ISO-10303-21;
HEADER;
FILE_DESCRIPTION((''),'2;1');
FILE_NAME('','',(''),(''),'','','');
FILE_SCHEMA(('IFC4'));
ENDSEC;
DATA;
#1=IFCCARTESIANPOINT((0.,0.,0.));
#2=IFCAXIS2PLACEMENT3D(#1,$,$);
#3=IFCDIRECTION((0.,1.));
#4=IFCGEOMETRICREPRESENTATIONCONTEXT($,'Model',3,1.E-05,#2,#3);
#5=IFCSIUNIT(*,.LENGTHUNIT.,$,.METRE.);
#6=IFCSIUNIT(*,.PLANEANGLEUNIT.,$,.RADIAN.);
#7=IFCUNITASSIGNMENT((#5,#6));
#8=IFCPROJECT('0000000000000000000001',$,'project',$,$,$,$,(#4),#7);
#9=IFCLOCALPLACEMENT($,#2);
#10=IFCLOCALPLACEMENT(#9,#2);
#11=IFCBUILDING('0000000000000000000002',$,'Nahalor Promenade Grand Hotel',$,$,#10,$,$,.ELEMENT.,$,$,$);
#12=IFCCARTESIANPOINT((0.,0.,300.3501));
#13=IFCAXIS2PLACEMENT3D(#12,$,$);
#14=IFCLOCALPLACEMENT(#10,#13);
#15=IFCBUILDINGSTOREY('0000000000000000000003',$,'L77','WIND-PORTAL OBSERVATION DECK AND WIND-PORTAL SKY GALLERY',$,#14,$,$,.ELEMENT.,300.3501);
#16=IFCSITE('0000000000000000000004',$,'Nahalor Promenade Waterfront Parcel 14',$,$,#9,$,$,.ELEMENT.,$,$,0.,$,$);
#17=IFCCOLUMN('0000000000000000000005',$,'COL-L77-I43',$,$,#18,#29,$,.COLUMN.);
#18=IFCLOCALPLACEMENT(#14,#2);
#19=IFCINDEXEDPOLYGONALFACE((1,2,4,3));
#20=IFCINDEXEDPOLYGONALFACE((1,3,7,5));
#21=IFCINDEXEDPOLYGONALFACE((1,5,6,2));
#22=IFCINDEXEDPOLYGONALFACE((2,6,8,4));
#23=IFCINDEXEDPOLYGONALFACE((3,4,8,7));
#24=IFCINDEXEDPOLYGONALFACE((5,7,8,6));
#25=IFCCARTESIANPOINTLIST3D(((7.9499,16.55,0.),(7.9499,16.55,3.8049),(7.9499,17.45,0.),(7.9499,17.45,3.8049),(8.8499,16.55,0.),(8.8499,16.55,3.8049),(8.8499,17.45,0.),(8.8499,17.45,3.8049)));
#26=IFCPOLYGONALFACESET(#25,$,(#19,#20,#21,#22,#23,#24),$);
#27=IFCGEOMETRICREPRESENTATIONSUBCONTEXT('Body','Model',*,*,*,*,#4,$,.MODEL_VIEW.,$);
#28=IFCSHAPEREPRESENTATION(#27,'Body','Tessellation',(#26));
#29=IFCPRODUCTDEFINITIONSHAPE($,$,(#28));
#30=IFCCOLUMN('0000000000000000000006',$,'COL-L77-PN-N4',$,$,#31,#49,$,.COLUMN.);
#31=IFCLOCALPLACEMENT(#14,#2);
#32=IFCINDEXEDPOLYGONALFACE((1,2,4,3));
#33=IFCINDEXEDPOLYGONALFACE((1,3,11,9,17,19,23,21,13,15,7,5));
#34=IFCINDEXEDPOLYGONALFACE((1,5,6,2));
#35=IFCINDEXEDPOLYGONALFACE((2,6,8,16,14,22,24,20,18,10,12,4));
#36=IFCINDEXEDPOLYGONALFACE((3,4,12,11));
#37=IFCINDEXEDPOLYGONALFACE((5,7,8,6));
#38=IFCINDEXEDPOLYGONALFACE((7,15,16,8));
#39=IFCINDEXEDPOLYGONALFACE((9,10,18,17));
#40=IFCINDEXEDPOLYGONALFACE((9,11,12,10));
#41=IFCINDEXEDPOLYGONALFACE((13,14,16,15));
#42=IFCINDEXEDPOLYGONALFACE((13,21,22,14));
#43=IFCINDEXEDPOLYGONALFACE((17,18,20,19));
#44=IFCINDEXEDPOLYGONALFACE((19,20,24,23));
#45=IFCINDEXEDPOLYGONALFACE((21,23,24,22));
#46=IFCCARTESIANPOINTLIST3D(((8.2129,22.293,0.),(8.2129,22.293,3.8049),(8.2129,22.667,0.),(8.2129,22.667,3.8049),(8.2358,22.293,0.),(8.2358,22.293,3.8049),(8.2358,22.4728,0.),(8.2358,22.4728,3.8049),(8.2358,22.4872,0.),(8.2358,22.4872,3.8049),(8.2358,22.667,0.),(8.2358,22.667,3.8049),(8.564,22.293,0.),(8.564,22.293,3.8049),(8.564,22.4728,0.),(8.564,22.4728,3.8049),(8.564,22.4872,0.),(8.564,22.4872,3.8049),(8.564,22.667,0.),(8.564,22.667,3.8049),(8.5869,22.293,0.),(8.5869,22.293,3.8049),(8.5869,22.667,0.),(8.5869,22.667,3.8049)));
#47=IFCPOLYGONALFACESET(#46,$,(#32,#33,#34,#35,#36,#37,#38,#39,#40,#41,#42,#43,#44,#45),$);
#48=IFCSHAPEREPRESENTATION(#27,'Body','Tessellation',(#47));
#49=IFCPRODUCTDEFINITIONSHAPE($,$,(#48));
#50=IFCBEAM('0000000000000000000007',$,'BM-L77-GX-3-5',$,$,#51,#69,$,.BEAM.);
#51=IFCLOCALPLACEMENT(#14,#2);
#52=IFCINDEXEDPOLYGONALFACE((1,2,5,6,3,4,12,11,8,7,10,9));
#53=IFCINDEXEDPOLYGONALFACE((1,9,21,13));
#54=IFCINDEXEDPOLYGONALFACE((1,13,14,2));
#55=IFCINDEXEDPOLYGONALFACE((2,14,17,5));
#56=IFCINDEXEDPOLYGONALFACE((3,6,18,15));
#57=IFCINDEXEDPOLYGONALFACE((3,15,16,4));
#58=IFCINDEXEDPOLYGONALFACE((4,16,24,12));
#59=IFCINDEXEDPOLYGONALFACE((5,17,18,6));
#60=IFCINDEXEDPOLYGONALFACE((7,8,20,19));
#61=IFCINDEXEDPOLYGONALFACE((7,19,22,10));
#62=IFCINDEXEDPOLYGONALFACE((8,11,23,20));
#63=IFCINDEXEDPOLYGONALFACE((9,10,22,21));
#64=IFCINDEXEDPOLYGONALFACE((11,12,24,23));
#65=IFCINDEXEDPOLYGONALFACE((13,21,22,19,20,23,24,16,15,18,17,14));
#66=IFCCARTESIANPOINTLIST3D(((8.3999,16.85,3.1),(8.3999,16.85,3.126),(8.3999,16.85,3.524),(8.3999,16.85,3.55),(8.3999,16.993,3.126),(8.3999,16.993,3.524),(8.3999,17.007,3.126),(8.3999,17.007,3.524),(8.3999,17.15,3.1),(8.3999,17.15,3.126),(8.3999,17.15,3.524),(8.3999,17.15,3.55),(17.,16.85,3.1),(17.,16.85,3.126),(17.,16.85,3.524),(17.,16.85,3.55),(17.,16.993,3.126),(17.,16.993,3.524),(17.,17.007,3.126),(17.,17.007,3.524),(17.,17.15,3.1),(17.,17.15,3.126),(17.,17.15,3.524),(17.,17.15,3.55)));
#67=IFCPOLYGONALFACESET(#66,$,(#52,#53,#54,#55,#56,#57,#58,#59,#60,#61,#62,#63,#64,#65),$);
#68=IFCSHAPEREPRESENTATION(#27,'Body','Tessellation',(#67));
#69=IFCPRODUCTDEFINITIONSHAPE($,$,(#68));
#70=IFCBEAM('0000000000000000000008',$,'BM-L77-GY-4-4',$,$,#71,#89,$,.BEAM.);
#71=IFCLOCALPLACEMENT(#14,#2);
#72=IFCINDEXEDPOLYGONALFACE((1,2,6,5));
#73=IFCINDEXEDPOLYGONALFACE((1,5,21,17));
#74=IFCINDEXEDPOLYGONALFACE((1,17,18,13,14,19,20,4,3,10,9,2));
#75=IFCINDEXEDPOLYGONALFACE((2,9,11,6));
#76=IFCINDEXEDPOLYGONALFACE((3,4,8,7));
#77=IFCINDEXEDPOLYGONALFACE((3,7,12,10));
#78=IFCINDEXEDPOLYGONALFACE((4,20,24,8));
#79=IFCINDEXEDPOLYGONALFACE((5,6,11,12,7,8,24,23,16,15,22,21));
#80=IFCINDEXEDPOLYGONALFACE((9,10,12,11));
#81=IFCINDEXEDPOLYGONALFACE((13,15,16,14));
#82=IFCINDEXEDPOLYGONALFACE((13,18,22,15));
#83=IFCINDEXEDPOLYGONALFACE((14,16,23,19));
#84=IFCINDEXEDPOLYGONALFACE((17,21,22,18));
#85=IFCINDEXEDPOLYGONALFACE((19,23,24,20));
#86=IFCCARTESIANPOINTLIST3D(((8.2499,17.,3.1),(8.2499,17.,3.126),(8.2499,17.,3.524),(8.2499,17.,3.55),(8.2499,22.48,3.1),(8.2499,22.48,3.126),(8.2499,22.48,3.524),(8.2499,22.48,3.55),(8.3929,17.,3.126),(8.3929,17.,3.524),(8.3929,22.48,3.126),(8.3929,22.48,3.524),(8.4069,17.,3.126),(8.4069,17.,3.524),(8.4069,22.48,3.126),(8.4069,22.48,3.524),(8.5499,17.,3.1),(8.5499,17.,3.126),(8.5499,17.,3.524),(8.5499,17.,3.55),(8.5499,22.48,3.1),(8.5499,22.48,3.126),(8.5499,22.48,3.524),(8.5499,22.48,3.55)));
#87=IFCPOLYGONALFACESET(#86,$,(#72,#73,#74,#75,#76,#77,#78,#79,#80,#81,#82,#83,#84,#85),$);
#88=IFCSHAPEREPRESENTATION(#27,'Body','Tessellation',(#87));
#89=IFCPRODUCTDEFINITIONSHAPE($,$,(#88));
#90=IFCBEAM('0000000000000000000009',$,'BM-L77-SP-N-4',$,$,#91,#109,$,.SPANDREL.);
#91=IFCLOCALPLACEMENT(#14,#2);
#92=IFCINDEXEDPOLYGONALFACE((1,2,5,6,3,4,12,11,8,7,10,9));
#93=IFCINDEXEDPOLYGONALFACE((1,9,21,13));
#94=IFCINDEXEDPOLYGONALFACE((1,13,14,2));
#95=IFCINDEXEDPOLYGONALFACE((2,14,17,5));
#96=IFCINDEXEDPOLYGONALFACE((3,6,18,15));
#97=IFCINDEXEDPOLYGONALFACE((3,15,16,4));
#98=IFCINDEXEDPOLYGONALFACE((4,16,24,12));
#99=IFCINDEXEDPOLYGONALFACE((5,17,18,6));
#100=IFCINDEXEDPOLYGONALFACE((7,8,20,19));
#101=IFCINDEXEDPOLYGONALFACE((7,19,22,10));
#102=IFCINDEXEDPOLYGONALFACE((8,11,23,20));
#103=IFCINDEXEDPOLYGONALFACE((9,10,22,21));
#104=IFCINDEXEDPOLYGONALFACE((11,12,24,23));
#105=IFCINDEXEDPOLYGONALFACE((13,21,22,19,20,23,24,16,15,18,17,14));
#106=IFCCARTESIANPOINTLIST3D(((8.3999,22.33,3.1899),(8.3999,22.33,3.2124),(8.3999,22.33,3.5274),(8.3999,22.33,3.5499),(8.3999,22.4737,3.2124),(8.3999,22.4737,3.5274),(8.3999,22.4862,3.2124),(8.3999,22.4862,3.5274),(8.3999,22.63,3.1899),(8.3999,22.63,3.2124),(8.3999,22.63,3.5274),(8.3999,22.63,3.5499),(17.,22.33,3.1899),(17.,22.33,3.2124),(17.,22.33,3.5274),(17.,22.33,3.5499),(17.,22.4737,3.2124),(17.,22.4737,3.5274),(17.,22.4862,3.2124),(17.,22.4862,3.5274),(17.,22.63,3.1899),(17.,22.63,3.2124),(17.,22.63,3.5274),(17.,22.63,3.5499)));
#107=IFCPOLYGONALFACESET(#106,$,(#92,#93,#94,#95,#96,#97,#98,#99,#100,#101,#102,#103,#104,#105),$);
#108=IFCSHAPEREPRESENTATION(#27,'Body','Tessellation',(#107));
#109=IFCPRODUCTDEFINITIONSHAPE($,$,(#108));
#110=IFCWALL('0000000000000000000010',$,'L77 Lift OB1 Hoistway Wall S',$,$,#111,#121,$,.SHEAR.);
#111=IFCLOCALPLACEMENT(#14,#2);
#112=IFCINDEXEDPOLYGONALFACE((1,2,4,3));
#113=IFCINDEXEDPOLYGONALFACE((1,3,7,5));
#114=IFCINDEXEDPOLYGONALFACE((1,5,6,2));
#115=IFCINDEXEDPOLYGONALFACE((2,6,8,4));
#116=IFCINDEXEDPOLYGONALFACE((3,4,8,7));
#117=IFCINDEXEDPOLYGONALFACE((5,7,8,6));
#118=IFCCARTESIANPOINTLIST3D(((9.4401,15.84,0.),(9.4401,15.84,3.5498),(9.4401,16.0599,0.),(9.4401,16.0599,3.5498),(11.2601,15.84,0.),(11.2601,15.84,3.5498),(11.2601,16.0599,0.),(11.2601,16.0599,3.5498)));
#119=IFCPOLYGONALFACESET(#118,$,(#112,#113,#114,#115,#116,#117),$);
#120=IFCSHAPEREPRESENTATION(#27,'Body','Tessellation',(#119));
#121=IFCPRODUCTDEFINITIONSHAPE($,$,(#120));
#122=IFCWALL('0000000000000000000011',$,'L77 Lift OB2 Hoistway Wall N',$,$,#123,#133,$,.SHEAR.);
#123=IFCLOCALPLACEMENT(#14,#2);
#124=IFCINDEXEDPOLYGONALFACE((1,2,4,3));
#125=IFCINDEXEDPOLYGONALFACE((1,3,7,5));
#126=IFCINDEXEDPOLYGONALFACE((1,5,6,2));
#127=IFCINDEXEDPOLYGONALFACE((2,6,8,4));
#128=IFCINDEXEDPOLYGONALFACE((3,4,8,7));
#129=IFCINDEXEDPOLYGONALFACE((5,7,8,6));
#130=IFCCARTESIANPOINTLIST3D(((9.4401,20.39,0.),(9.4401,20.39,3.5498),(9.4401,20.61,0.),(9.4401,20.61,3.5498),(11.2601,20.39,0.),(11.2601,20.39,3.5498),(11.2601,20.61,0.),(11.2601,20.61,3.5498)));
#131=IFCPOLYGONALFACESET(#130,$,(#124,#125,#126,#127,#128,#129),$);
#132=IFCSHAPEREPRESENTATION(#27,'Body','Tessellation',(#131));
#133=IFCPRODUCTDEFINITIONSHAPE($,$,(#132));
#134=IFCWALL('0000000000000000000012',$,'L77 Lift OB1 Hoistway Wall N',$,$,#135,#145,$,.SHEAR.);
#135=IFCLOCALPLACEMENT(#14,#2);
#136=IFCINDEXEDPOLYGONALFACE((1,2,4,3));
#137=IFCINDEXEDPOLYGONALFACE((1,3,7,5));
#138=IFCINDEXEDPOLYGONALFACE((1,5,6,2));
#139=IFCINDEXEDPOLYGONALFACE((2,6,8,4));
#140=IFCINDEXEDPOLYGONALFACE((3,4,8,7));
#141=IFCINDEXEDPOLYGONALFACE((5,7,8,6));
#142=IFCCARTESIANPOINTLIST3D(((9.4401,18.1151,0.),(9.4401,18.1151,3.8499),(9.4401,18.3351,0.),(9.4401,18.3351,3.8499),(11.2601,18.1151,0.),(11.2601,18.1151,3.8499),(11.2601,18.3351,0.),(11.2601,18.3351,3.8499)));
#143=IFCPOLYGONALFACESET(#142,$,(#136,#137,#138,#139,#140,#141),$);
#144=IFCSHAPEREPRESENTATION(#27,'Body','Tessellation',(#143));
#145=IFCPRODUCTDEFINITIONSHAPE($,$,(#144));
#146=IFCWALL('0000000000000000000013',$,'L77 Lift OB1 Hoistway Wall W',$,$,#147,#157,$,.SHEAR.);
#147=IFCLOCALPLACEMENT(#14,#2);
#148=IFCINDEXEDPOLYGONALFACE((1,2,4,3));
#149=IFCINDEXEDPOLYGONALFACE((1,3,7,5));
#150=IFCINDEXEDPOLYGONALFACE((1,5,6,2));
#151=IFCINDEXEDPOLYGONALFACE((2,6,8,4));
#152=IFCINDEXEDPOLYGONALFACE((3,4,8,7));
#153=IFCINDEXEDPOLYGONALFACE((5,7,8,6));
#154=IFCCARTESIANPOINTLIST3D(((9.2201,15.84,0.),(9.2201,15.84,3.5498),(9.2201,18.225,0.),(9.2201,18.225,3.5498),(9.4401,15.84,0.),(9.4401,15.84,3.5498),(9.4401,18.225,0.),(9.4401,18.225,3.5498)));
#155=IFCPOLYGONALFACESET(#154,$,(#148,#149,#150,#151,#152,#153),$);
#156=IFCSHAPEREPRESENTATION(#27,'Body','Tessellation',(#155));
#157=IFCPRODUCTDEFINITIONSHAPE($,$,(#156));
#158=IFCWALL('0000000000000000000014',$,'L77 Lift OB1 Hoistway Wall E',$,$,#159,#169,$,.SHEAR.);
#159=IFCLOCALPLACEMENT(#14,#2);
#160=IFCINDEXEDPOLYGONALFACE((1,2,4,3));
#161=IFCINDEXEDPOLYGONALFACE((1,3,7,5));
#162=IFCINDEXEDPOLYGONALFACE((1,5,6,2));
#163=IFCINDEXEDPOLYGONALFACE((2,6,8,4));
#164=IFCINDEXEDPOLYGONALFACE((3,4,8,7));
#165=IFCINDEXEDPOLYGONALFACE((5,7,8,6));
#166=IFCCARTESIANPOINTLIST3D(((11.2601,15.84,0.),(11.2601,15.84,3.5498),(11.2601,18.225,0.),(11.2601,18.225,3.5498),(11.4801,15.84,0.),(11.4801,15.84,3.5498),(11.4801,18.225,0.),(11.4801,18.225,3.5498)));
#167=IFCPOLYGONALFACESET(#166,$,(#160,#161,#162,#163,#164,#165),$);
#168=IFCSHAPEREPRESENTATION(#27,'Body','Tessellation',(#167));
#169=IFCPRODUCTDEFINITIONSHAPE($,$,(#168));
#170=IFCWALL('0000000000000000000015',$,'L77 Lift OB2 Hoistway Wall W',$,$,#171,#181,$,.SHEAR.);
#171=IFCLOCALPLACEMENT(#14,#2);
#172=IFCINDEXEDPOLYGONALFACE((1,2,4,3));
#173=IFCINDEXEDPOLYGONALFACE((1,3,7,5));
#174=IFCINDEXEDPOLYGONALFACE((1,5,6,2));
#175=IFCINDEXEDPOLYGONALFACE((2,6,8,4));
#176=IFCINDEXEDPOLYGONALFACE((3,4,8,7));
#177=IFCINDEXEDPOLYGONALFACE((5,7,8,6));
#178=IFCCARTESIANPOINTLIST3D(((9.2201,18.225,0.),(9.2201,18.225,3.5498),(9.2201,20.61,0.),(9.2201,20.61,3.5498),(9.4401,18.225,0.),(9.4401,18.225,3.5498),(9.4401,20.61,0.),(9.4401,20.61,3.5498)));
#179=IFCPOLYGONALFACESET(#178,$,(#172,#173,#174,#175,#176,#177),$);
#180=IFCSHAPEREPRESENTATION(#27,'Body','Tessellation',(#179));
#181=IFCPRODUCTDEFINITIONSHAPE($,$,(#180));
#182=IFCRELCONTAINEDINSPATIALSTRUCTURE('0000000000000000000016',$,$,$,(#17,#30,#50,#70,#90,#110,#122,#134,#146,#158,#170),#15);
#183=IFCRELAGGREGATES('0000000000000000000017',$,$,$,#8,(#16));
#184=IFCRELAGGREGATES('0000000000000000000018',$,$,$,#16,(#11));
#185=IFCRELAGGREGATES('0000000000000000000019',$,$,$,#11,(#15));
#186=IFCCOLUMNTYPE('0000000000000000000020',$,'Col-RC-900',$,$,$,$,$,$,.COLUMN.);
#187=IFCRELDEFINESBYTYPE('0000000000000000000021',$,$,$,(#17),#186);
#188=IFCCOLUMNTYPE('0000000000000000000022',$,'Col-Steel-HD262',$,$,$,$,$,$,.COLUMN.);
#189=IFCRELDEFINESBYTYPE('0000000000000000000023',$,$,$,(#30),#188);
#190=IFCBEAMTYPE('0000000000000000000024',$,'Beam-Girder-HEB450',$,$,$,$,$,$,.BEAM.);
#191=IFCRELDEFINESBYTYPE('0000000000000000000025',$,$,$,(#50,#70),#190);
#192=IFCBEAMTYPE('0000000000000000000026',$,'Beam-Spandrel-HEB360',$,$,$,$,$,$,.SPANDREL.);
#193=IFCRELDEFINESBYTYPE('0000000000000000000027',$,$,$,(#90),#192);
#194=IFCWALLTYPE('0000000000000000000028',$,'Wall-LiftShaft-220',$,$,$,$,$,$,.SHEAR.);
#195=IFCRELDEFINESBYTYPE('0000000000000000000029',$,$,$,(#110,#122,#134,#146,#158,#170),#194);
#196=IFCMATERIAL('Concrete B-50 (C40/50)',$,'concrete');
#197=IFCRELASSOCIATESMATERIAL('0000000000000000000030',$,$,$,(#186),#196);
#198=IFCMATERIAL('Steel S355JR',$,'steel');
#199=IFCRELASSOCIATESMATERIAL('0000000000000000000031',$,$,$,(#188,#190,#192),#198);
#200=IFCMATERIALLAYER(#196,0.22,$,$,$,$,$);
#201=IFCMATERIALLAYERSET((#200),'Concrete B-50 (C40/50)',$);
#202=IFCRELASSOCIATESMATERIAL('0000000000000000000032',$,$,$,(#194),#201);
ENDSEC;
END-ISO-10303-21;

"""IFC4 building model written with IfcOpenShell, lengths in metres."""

from ifc_helpers import new_model, si_unit, direction, frame, frame_2d, origin, origin_2d, place, context, subcontext, project, spatial, rectangle, i_section, extrude, source, transform, mapped, material, layer, layer_set, material_profile, profile_set, type_object, element, save


model = new_model("IFC4")

# Units and contexts
model_context = context("Model", 3, precision=1e-05, world=origin(), true_north=direction((0.0, 1.0)))
body_context = subcontext(model_context, "Body", "Model", "MODEL_VIEW")
ifc_project = project(units=[si_unit("LENGTHUNIT", "METRE"), si_unit("PLANEANGLEUNIT", "RADIAN")], contexts=[model_context])

# Site, building, storey
site_placement = place(None, origin())
site = spatial("IfcSite", under=ifc_project, at=site_placement, Name="Nahalor Promenade Waterfront Parcel 14", CompositionType="ELEMENT", RefElevation=0.0)
building_placement = place(site_placement, origin())
building = spatial("IfcBuilding", under=site, at=building_placement, Name="Nahalor Promenade Grand Hotel", CompositionType="ELEMENT")
storey_placement = place(building_placement, frame((0.0, 0.0, 300.3501)))
storey = spatial("IfcBuildingStorey", under=building, at=storey_placement, Name="L77", Description="WIND-PORTAL OBSERVATION DECK AND WIND-PORTAL SKY GALLERY", CompositionType="ELEMENT", Elevation=300.3501)

# Columns
ifc_material_1 = material(Name="Concrete B-50 (C40/50)", Category="concrete")
ifc_material_profile_1 = material_profile(ifc_material_1, rectangle(XDim=0.9, YDim=0.9, at=origin_2d()), Name="RC 900x900")
ifc_profile_set_1 = profile_set([ifc_material_profile_1], Name="Concrete B-50 (C40/50)")
column_type_1 = type_object("IfcColumnType", Name="Col-RC-900", PredefinedType="COLUMN", material=ifc_profile_set_1)
shared_shape_1 = source(origin(), body_context, "Body", "SweptSolid", [
    extrude(rectangle(XDim=0.9, YDim=0.9, at=origin_2d()), origin(), (0.0, 0.0, 1.0), 3.8049),
])
column_1_placement = place(storey_placement, frame((8.3999, 17.0, 0.0), z_axis=(0.0, 0.0, 1.0), x_axis=(1.0, 0.0, 0.0)))
element("IfcColumn", 1, at=column_1_placement, inside=storey, type_object=column_type_1, Name="COL-L77-I43", PredefinedType="COLUMN", context=body_context, shape_type="MappedRepresentation", body=[
    mapped(shared_shape_1, transform((0.0, 0.0, 0.0), scale=1.0)),
])
ifc_material_2 = material(Name="Steel S355JR", Category="steel")
ifc_material_profile_2 = material_profile(ifc_material_2, i_section(OverallWidth=0.374, OverallDepth=0.374, WebThickness=0.0144, FlangeThickness=0.0229, at=origin_2d()), Name="HD 360x262")
ifc_profile_set_2 = profile_set([ifc_material_profile_2], Name="Steel S355JR")
column_type_2 = type_object("IfcColumnType", Name="Col-Steel-HD262", PredefinedType="COLUMN", material=ifc_profile_set_2)
shared_shape_2 = source(origin(), body_context, "Body", "SweptSolid", [
    extrude(i_section(OverallWidth=0.374, OverallDepth=0.374, WebThickness=0.0144, FlangeThickness=0.0229, at=origin_2d()), origin(), (0.0, 0.0, 1.0), 3.8049),
])
column_2_placement = place(storey_placement, frame((8.3999, 22.48, 0.0), z_axis=(0.0, 0.0, 1.0), x_axis=(0.0, 1.0, 0.0)))
element("IfcColumn", 2, at=column_2_placement, inside=storey, type_object=column_type_2, Name="COL-L77-PN-N4", PredefinedType="COLUMN", context=body_context, shape_type="MappedRepresentation", body=[
    mapped(shared_shape_2, transform((0.0, 0.0, 0.0), scale=1.0)),
])

# Beams
ifc_material_profile_3 = material_profile(ifc_material_2, i_section(OverallWidth=0.3, OverallDepth=0.45, WebThickness=0.014, FlangeThickness=0.026, at=origin_2d()), Name="HEB 450")
ifc_profile_set_3 = profile_set([ifc_material_profile_3], Name="Steel S355JR")
beam_type_1 = type_object("IfcBeamType", Name="Beam-Girder-HEB450", PredefinedType="BEAM", material=ifc_profile_set_3)
shared_shape_3 = source(origin(), body_context, "Body", "SweptSolid", [
    extrude(i_section(OverallWidth=0.3, OverallDepth=0.45, WebThickness=0.014, FlangeThickness=0.026, at=origin_2d()), origin(), (0.0, 0.0, 1.0), 8.6001),
])
beam_1_placement = place(storey_placement, frame((8.3999, 17.0, 3.325), z_axis=(1.0, 0.0, 0.0), x_axis=(0.0, 1.0, 0.0)))
element("IfcBeam", 3, at=beam_1_placement, inside=storey, type_object=beam_type_1, Name="BM-L77-GX-3-5", PredefinedType="BEAM", context=body_context, shape_type="MappedRepresentation", body=[
    mapped(shared_shape_3, transform((0.0, 0.0, 0.0), scale=1.0)),
])
shared_shape_4 = source(origin(), body_context, "Body", "SweptSolid", [
    extrude(i_section(OverallWidth=0.3, OverallDepth=0.45, WebThickness=0.014, FlangeThickness=0.026, at=origin_2d()), origin(), (0.0, 0.0, 1.0), 5.48),
])
beam_2_placement = place(storey_placement, frame((8.3999, 17.0, 3.325), z_axis=(0.0, 1.0, 0.0), x_axis=(-1.0, 0.0, 0.0)))
element("IfcBeam", 4, at=beam_2_placement, inside=storey, type_object=beam_type_1, Name="BM-L77-GY-4-4", PredefinedType="BEAM", context=body_context, shape_type="MappedRepresentation", body=[
    mapped(shared_shape_4, transform((0.0, 0.0, 0.0), scale=1.0)),
])
ifc_material_profile_4 = material_profile(ifc_material_2, i_section(OverallWidth=0.3, OverallDepth=0.36, WebThickness=0.0125, FlangeThickness=0.0225, at=origin_2d()), Name="HEB 360")
ifc_profile_set_4 = profile_set([ifc_material_profile_4], Name="Steel S355JR")
beam_type_2 = type_object("IfcBeamType", Name="Beam-Spandrel-HEB360", PredefinedType="SPANDREL", material=ifc_profile_set_4)
shared_shape_5 = source(origin(), body_context, "Body", "SweptSolid", [
    extrude(i_section(OverallWidth=0.3, OverallDepth=0.36, WebThickness=0.0125, FlangeThickness=0.0225, at=origin_2d()), origin(), (0.0, 0.0, 1.0), 8.6001),
])
beam_3_placement = place(storey_placement, frame((8.3999, 22.48, 3.3699), z_axis=(1.0, 0.0, 0.0), x_axis=(0.0, 1.0, 0.0)))
element("IfcBeam", 5, at=beam_3_placement, inside=storey, type_object=beam_type_2, Name="BM-L77-SP-N-4", PredefinedType="SPANDREL", context=body_context, shape_type="MappedRepresentation", body=[
    mapped(shared_shape_5, transform((0.0, 0.0, 0.0), scale=1.0)),
])

# Walls
ifc_layer_1 = layer(ifc_material_1, 0.22)
ifc_layer_set_1 = layer_set([ifc_layer_1], Name="Concrete B-50 (C40/50)")
wall_type_1 = type_object("IfcWallType", Name="Wall-LiftShaft-220", PredefinedType="SHEAR", material=ifc_layer_set_1)
shared_shape_6 = source(origin(), body_context, "Body", "SweptSolid", [
    extrude(rectangle(XDim=1.8201, YDim=0.22, at=frame_2d((0.9102, 0.0))), origin(), (0.0, 0.0, 1.0), 3.5498),
])
for number, where, z_axis, x_axis, name in (
    (6, (9.4399, 15.95, 0.0), (0.0, 0.0, 1.0), (1.0, 0.0, 0.0), "L77 Lift OB1 Hoistway Wall S"),
    (7, (9.4399, 20.5, 0.0), (0.0, 0.0, 1.0), (1.0, 0.0, 0.0), "L77 Lift OB2 Hoistway Wall N"),
):
    element("IfcWall", number, at=place(storey_placement, frame(where, z_axis=z_axis, x_axis=x_axis)), inside=storey, type_object=wall_type_1, Name=name, PredefinedType="SHEAR", context=body_context, shape_type="MappedRepresentation", body=[
        mapped(shared_shape_6, transform((0.0, 0.0, 0.0), scale=1.0)),
    ])
shared_shape_7 = source(origin(), body_context, "Body", "SweptSolid", [
    extrude(rectangle(XDim=1.8201, YDim=0.22, at=frame_2d((0.9102, 0.0))), origin(), (0.0, 0.0, 1.0), 3.8499),
])
wall_1_placement = place(storey_placement, frame((9.4399, 18.2251, 0.0), z_axis=(0.0, 0.0, 1.0), x_axis=(1.0, 0.0, 0.0)))
element("IfcWall", 8, at=wall_1_placement, inside=storey, type_object=wall_type_1, Name="L77 Lift OB1 Hoistway Wall N", PredefinedType="SHEAR", context=body_context, shape_type="MappedRepresentation", body=[
    mapped(shared_shape_7, transform((0.0, 0.0, 0.0), scale=1.0)),
])
shared_shape_8 = source(origin(), body_context, "Body", "SweptSolid", [
    extrude(rectangle(XDim=2.385, YDim=0.22, at=frame_2d((1.1924, 0.0))), origin(), (0.0, 0.0, 1.0), 3.5498),
])
for number, where, z_axis, x_axis, name in (
    (9, (9.3301, 15.8401, 0.0), (0.0, 0.0, 1.0), (0.0, 1.0, 0.0), "L77 Lift OB1 Hoistway Wall W"),
    (10, (11.3701, 15.8401, 0.0), (0.0, 0.0, 1.0), (0.0, 1.0, 0.0), "L77 Lift OB1 Hoistway Wall E"),
    (11, (9.3301, 18.2251, 0.0), (0.0, 0.0, 1.0), (0.0, 1.0, 0.0), "L77 Lift OB2 Hoistway Wall W"),
):
    element("IfcWall", number, at=place(storey_placement, frame(where, z_axis=z_axis, x_axis=x_axis)), inside=storey, type_object=wall_type_1, Name=name, PredefinedType="SHEAR", context=body_context, shape_type="MappedRepresentation", body=[
        mapped(shared_shape_8, transform((0.0, 0.0, 0.0), scale=1.0)),
    ])

save(model, "model.ifc")
